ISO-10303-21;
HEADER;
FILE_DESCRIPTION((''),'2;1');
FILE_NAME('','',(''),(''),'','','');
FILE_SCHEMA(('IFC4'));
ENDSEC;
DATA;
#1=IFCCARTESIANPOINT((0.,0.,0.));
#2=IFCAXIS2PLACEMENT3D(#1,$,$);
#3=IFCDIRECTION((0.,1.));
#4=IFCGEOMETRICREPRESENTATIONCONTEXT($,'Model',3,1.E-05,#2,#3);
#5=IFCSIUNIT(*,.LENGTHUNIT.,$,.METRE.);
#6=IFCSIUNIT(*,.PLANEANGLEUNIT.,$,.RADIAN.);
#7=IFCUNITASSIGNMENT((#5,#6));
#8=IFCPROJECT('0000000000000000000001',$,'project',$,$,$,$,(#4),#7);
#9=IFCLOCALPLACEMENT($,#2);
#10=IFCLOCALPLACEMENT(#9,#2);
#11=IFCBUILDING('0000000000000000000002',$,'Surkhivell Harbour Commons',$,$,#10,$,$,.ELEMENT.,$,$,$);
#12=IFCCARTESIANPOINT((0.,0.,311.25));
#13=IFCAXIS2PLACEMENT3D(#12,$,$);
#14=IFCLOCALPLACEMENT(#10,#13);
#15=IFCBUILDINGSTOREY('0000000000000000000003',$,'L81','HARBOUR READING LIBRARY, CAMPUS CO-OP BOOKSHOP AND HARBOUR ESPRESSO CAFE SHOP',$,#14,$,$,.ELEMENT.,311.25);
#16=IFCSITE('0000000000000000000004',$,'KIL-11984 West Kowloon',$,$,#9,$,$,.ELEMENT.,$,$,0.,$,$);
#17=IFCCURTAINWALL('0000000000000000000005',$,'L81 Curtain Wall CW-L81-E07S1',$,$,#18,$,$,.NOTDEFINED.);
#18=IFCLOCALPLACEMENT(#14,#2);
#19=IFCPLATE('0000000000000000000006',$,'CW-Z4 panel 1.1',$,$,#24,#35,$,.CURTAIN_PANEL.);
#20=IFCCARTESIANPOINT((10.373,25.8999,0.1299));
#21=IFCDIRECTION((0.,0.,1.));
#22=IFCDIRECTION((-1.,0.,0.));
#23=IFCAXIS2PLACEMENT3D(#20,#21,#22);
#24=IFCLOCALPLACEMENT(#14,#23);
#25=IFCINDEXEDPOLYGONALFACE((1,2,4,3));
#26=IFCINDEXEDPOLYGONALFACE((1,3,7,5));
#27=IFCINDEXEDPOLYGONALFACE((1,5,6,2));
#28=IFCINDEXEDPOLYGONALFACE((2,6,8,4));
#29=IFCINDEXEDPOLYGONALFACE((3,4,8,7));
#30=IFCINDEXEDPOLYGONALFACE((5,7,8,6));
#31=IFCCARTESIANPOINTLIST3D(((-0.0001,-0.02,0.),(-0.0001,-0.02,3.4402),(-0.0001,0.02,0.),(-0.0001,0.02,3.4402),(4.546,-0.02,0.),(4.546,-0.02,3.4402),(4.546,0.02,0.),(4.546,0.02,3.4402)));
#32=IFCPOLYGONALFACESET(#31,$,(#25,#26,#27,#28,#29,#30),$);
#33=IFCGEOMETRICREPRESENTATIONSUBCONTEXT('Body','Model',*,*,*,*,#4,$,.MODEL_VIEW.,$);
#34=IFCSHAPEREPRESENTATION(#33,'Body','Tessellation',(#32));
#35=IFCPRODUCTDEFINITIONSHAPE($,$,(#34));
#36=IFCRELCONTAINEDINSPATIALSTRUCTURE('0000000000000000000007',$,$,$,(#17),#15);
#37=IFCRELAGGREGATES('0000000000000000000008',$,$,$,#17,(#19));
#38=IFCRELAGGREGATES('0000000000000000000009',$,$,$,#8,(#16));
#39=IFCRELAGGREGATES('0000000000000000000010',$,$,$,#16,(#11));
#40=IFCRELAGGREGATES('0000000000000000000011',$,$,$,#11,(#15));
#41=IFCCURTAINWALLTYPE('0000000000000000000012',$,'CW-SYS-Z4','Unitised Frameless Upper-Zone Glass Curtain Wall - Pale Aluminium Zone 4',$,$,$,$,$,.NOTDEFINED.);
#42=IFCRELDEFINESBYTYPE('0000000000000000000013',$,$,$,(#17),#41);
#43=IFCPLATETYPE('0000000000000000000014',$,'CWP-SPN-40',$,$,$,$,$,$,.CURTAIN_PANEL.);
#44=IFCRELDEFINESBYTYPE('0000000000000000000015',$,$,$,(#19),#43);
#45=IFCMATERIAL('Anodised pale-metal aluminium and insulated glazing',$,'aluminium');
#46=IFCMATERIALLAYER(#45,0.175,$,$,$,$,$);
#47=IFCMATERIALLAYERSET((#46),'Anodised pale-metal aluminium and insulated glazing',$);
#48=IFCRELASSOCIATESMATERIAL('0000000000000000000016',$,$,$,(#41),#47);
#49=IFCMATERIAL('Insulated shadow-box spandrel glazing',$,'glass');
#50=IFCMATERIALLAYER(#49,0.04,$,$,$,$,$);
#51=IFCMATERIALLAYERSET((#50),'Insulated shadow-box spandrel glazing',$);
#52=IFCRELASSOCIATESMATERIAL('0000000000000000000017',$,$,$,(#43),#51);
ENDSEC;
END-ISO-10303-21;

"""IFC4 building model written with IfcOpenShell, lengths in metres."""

from ifc_helpers import new_model, si_unit, direction, frame, frame_2d, origin, place, context, subcontext, project, spatial, rectangle, extrude, material, layer, layer_set, type_object, element, aggregate, save


model = new_model("IFC4")

# Units and contexts
model_context = context("Model", 3, precision=1e-05, world=origin(), true_north=direction((0.0, 1.0)))
body_context = subcontext(model_context, "Body", "Model", "MODEL_VIEW")
ifc_project = project(units=[si_unit("LENGTHUNIT", "METRE"), si_unit("PLANEANGLEUNIT", "RADIAN")], contexts=[model_context])

# Site, building, storey
site_placement = place(None, origin())
site = spatial("IfcSite", under=ifc_project, at=site_placement, Name="KIL-11984 West Kowloon", CompositionType="ELEMENT", RefElevation=0.0)
building_placement = place(site_placement, origin())
building = spatial("IfcBuilding", under=site, at=building_placement, Name="Surkhivell Harbour Commons", CompositionType="ELEMENT")
storey_placement = place(building_placement, frame((0.0, 0.0, 311.25)))
storey = spatial("IfcBuildingStorey", under=building, at=storey_placement, Name="L81", Description="HARBOUR READING LIBRARY, CAMPUS CO-OP BOOKSHOP AND HARBOUR ESPRESSO CAFE SHOP", CompositionType="ELEMENT", Elevation=311.25)

# Shared definitions
ifc_material_1 = material(Name="Anodised pale-metal aluminium and insulated glazing", Category="aluminium")
ifc_layer_1 = layer(ifc_material_1, 0.175)
ifc_layer_set_1 = layer_set([ifc_layer_1], Name="Anodised pale-metal aluminium and insulated glazing")
curtain_wall_type = type_object("IfcCurtainWallType", Name="CW-SYS-Z4", Description="Unitised Frameless Upper-Zone Glass Curtain Wall - Pale Aluminium Zone 4", PredefinedType="NOTDEFINED", material=ifc_layer_set_1)

# Curtain wall
curtain_wall_1_placement = place(storey_placement, origin())
curtain_wall_1 = element("IfcCurtainWall", 1, at=curtain_wall_1_placement, inside=storey, type_object=curtain_wall_type, Name="L81 Curtain Wall CW-L81-E07S1", PredefinedType="NOTDEFINED")

# Plate
ifc_material_2 = material(Name="Insulated shadow-box spandrel glazing", Category="glass")
ifc_layer_2 = layer(ifc_material_2, 0.04)
ifc_layer_set_2 = layer_set([ifc_layer_2], Name="Insulated shadow-box spandrel glazing")
plate_type = type_object("IfcPlateType", Name="CWP-SPN-40", PredefinedType="CURTAIN_PANEL", material=ifc_layer_set_2)
plate_1_placement = place(storey_placement, frame((10.373, 25.8999, 0.1299), z_axis=(0.0, 0.0, 1.0), x_axis=(-1.0, 0.0, 0.0)))
plate_1 = element("IfcPlate", 2, at=plate_1_placement, type_object=plate_type, Name="CW-Z4 panel 1.1", PredefinedType="CURTAIN_PANEL", context=body_context, shape_type="SweptSolid", body=[
    extrude(rectangle(XDim=4.5461, YDim=0.04, at=frame_2d((2.2729, 0.0))), origin(), (0.0, 0.0, 1.0), 3.4402),
])
aggregate(curtain_wall_1, [plate_1])

save(model, "model.ifc")
